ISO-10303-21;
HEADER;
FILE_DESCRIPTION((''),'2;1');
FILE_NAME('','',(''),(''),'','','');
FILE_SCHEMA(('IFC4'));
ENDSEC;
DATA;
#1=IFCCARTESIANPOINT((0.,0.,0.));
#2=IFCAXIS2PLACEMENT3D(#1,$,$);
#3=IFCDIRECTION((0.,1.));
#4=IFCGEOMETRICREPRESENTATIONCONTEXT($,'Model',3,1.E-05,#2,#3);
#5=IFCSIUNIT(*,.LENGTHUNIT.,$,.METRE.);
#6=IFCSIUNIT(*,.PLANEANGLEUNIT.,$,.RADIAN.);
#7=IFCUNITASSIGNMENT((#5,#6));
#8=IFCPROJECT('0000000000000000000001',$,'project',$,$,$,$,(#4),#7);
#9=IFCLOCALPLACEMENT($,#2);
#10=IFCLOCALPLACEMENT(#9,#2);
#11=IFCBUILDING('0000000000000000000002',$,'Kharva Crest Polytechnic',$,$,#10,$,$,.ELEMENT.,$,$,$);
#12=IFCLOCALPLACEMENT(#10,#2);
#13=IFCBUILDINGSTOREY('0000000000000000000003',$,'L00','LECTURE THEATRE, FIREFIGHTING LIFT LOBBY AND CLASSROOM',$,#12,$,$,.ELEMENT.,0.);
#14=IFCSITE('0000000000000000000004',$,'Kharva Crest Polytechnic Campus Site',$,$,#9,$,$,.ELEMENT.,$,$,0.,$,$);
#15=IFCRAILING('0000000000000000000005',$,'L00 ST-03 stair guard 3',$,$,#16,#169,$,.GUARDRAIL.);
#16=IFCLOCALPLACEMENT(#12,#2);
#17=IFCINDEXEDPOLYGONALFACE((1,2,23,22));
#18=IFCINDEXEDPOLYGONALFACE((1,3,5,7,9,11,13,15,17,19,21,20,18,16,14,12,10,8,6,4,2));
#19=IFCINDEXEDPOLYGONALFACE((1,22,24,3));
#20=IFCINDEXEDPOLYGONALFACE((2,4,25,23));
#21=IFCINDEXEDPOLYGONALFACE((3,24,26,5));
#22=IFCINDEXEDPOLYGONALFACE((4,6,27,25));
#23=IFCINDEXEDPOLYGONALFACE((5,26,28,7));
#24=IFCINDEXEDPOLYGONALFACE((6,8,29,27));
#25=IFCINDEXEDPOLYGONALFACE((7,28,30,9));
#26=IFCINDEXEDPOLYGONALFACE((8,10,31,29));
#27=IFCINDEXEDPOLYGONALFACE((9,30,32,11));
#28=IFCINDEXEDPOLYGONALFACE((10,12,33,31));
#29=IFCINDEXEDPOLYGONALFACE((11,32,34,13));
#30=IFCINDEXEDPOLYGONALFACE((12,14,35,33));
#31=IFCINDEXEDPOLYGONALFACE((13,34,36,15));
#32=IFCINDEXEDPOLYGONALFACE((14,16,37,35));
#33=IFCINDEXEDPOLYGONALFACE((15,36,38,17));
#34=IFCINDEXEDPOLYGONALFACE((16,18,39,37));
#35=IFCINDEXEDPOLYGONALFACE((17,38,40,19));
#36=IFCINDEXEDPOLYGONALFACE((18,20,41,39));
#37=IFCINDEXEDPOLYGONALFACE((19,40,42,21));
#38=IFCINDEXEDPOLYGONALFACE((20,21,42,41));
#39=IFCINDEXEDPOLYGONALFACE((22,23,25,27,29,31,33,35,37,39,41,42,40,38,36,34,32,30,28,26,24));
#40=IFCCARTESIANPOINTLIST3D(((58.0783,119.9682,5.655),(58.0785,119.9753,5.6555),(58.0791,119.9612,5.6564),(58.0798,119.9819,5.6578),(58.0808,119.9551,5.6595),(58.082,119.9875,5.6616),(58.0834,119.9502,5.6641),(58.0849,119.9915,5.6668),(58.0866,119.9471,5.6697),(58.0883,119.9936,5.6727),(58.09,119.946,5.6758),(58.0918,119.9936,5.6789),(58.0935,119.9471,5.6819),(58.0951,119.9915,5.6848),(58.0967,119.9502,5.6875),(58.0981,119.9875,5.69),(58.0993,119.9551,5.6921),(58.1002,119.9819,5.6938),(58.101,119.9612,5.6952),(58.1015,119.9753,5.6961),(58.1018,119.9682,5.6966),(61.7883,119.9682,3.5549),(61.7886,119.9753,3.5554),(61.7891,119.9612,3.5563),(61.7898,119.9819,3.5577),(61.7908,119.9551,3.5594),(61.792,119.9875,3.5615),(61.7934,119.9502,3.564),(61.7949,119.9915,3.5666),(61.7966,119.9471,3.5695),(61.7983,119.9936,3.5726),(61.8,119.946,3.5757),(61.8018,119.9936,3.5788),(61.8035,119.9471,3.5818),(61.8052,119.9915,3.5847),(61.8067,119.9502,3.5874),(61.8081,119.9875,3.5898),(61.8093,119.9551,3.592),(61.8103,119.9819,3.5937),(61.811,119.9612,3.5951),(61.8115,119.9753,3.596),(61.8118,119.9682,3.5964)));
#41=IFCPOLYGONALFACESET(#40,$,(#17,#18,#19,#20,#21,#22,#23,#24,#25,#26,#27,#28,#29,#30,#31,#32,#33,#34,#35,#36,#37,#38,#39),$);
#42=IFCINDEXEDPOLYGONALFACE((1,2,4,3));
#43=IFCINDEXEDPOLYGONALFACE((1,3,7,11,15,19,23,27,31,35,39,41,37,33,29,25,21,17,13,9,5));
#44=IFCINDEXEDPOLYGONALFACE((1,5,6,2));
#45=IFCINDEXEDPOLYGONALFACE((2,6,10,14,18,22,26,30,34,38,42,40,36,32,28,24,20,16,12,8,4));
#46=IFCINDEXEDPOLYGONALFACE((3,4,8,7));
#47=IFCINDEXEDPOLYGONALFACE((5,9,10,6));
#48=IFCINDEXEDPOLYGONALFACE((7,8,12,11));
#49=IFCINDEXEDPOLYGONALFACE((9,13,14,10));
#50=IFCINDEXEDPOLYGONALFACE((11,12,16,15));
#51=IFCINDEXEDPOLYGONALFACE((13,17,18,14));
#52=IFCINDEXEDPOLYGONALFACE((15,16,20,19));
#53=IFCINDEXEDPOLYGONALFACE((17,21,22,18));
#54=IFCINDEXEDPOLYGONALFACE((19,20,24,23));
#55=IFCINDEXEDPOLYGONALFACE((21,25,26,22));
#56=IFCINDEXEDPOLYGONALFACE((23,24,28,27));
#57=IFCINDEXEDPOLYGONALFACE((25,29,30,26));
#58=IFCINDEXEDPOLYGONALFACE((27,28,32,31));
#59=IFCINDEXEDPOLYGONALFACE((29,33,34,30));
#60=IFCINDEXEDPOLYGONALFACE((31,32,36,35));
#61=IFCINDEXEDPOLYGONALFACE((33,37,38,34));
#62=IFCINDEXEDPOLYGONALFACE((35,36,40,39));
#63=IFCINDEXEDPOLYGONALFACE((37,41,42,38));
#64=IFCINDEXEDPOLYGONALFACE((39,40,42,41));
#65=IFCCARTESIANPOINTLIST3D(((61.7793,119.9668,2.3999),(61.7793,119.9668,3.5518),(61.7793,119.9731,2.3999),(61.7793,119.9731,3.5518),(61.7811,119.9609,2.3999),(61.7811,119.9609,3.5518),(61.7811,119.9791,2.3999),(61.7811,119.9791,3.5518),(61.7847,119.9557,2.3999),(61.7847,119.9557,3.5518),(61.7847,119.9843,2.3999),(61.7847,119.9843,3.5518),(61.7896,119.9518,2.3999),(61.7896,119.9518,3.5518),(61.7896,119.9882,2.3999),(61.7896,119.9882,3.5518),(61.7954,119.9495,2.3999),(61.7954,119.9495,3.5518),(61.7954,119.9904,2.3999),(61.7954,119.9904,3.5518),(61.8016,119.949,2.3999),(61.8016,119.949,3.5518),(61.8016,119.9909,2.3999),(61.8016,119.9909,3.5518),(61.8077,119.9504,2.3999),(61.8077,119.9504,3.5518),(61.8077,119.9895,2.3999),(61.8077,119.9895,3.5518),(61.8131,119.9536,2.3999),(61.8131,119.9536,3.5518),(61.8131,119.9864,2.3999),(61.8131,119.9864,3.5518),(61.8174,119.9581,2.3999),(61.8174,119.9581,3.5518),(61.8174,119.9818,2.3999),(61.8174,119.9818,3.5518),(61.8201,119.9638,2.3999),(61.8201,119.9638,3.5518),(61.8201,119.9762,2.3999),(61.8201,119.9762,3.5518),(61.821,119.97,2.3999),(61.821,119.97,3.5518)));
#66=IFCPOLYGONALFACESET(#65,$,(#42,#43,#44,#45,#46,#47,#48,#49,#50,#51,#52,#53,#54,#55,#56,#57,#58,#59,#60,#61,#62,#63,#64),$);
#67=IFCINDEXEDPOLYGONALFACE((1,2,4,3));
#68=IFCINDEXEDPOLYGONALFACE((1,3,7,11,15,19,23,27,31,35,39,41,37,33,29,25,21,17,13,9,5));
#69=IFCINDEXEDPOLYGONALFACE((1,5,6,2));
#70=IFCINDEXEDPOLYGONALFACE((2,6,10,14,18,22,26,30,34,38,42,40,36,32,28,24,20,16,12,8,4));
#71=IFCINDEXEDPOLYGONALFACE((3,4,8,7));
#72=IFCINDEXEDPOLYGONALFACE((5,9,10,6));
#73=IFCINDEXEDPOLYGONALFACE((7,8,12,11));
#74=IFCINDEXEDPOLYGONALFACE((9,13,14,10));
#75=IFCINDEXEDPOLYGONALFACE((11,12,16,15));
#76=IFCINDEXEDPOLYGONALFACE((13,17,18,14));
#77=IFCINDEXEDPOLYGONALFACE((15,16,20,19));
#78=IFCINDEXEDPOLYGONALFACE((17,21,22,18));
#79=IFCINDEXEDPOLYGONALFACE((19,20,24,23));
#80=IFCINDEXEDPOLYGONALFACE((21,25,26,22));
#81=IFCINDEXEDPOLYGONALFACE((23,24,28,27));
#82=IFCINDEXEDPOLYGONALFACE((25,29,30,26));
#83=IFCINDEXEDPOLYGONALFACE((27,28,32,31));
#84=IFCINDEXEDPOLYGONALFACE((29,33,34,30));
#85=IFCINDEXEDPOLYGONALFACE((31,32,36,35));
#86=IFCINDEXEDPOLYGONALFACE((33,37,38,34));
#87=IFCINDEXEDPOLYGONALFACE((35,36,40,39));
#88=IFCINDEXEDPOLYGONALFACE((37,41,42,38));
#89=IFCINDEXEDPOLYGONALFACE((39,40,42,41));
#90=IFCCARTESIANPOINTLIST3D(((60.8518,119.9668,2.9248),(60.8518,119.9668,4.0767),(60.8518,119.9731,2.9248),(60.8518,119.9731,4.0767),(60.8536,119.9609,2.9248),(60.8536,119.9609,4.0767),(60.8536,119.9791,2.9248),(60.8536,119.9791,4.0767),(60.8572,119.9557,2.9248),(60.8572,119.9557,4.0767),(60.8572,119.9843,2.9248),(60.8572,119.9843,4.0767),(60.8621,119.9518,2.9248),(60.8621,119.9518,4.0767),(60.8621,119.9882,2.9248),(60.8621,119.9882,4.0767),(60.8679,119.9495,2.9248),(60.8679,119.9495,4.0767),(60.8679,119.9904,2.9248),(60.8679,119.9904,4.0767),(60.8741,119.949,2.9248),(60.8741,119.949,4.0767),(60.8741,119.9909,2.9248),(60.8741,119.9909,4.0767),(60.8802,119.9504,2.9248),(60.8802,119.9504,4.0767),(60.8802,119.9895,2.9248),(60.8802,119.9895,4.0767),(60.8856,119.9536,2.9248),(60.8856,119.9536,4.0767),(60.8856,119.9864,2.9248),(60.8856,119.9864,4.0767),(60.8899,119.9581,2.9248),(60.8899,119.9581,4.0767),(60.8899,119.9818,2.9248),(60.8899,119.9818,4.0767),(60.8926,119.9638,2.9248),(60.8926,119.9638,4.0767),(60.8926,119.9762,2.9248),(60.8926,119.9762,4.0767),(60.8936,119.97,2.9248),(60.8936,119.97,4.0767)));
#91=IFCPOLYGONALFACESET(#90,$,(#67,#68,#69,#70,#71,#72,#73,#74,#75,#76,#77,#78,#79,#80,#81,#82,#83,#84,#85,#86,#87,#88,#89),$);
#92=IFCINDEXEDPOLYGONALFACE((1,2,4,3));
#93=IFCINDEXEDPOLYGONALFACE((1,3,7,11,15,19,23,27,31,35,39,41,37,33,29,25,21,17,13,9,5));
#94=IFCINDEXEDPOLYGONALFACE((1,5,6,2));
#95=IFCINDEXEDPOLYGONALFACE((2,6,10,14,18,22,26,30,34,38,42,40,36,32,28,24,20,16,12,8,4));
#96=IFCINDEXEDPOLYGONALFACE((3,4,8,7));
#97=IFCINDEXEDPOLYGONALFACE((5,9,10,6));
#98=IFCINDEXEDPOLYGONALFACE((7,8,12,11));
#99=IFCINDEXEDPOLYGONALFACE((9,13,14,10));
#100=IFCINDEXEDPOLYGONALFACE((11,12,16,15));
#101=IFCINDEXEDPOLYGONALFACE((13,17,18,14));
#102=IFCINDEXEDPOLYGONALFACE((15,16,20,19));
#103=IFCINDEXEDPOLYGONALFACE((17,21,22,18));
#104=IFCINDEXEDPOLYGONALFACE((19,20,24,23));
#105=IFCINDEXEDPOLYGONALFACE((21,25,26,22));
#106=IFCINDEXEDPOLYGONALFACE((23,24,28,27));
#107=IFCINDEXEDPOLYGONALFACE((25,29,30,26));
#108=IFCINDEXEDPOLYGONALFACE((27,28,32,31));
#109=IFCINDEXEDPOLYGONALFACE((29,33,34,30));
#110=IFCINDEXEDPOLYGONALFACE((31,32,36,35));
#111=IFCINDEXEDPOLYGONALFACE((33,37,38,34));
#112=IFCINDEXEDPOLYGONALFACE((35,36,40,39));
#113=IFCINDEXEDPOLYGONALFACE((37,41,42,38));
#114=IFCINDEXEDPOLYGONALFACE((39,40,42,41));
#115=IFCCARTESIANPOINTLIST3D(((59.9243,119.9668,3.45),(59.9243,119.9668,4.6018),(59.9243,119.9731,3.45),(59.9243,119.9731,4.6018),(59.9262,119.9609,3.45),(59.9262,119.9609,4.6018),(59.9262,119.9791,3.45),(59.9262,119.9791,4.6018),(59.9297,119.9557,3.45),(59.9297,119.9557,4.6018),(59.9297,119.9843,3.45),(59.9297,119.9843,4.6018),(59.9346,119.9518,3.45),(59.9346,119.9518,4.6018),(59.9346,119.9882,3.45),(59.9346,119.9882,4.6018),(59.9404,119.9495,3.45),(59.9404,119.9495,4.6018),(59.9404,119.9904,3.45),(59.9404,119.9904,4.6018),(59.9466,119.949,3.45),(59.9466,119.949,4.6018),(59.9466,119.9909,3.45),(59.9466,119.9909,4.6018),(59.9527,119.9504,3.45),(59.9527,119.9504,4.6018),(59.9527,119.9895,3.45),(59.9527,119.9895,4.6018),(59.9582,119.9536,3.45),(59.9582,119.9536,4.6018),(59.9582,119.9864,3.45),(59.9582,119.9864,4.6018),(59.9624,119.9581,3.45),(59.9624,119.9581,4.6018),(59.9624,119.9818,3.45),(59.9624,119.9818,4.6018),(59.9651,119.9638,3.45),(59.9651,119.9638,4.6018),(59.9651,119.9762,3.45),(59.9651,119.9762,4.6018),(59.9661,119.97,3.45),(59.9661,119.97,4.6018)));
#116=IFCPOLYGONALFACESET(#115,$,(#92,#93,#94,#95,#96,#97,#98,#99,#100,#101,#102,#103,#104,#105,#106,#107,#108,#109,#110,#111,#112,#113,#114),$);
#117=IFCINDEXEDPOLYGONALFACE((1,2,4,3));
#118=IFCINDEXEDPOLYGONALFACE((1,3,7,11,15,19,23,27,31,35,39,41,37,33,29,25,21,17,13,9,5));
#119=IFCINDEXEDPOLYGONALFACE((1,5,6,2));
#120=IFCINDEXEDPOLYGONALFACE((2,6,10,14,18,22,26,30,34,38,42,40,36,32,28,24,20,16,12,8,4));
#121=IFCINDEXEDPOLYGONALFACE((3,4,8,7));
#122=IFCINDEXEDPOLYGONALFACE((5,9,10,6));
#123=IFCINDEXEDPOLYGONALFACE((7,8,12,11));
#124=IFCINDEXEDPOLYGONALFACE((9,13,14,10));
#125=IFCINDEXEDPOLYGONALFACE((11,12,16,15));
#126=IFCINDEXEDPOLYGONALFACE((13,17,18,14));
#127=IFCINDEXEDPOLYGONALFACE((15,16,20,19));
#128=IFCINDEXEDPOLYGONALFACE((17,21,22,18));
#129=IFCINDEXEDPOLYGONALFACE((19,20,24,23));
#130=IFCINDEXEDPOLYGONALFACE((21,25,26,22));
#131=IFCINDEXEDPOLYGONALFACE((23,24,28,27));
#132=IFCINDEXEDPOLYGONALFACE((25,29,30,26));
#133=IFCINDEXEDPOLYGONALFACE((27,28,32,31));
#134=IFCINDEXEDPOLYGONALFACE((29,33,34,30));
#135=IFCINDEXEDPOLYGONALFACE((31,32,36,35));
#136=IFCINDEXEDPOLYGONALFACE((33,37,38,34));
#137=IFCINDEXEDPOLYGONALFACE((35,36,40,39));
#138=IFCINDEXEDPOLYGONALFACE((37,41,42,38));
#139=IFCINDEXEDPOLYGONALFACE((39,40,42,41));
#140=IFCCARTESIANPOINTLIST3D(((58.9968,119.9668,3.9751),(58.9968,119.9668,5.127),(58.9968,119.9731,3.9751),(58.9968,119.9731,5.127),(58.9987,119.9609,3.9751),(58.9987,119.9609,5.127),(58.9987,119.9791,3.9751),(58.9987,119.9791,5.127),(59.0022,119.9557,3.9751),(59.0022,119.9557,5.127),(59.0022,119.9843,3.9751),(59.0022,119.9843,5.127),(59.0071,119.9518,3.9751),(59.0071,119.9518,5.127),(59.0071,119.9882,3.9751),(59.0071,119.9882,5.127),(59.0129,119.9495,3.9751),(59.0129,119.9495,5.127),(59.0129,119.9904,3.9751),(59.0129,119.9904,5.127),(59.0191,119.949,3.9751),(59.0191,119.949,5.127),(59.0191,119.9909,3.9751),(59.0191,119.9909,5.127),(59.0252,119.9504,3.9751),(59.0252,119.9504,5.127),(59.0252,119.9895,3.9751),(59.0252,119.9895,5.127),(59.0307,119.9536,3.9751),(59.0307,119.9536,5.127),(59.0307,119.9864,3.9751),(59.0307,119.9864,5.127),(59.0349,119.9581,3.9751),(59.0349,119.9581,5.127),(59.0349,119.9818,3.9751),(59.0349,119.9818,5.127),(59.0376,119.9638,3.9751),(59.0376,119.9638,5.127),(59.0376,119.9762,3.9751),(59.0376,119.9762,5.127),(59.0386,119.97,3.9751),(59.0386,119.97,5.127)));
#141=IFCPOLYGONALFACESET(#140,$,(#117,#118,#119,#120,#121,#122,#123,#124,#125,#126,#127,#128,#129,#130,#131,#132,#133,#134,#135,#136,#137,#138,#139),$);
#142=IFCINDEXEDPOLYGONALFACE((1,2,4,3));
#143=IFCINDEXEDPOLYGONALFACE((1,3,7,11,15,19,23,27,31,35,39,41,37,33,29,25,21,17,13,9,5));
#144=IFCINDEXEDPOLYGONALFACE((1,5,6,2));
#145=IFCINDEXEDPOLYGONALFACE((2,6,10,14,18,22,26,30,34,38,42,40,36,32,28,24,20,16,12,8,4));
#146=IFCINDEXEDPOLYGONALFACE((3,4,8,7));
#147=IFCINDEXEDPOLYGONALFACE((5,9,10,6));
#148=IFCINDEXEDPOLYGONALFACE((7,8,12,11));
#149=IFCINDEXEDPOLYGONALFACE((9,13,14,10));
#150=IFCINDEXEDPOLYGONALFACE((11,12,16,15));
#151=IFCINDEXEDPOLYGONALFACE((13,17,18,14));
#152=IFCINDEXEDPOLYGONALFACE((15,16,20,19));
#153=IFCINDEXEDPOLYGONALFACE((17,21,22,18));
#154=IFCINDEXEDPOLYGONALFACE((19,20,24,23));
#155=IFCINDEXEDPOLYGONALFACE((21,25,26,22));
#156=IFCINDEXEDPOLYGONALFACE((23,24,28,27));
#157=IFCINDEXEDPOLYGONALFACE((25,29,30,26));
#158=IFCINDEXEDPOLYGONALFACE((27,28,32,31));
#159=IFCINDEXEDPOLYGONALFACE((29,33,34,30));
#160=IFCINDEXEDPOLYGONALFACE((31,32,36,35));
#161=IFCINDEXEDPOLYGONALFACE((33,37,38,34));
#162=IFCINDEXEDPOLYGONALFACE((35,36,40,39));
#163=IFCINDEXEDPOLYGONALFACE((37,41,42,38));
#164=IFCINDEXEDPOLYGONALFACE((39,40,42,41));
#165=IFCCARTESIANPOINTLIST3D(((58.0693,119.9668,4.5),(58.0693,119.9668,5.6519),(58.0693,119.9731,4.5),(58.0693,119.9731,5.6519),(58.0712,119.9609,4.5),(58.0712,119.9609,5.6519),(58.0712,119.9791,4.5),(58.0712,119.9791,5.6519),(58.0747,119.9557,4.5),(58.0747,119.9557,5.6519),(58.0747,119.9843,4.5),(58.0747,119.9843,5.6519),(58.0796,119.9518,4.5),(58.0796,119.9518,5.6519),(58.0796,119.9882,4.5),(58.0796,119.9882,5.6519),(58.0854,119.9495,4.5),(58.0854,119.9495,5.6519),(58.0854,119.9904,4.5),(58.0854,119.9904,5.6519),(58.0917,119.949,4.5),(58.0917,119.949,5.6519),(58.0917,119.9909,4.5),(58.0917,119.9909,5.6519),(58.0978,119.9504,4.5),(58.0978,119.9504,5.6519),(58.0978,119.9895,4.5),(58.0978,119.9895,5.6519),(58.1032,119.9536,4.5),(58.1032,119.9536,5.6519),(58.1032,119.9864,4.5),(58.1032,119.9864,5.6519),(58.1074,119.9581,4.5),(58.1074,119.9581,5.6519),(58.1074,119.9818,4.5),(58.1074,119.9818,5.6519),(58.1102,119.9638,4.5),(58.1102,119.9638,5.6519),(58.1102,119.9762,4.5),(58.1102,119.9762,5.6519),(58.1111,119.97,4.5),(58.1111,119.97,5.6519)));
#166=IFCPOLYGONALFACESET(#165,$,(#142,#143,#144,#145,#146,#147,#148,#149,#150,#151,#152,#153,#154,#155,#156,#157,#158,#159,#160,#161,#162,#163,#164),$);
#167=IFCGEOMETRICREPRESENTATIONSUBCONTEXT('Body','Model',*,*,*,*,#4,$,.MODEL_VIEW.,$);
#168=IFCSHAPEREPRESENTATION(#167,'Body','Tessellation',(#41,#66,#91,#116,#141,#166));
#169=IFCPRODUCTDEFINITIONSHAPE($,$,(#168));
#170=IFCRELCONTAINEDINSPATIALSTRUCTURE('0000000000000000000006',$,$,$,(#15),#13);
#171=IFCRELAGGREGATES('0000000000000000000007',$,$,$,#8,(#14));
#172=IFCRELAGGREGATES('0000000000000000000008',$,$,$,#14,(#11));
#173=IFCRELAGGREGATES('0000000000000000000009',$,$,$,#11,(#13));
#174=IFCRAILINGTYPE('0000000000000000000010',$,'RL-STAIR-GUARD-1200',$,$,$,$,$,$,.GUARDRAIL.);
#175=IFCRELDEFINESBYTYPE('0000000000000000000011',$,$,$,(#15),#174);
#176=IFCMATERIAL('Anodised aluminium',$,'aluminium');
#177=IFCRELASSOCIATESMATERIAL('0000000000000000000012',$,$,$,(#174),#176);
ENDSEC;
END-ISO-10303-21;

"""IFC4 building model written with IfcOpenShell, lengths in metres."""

from ifc_helpers import new_model, si_unit, direction, frame, origin, origin_2d, place, context, subcontext, project, spatial, circle, extrude, material, type_object, element, save


model = new_model("IFC4")

# Units and contexts
model_context = context("Model", 3, precision=1e-05, world=origin(), true_north=direction((0.0, 1.0)))
body_context = subcontext(model_context, "Body", "Model", "MODEL_VIEW")
ifc_project = project(units=[si_unit("LENGTHUNIT", "METRE"), si_unit("PLANEANGLEUNIT", "RADIAN")], contexts=[model_context])

# Site, building, storey
site_placement = place(None, origin())
site = spatial("IfcSite", under=ifc_project, at=site_placement, Name="Kharva Crest Polytechnic Campus Site", CompositionType="ELEMENT", RefElevation=0.0)
building_placement = place(site_placement, origin())
building = spatial("IfcBuilding", under=site, at=building_placement, Name="Kharva Crest Polytechnic", CompositionType="ELEMENT")
storey_placement = place(building_placement, origin())
storey = spatial("IfcBuildingStorey", under=building, at=storey_placement, Name="L00", Description="LECTURE THEATRE, FIREFIGHTING LIFT LOBBY AND CLASSROOM", CompositionType="ELEMENT", Elevation=0.0)

# Railing
ifc_material_1 = material(Name="Anodised aluminium", Category="aluminium")
railing_type_1 = type_object("IfcRailingType", Name="RL-STAIR-GUARD-1200", PredefinedType="GUARDRAIL", material=ifc_material_1)
railing_1_placement = place(storey_placement, frame((61.8, 119.97, 2.3999)))
element("IfcRailing", 1, at=railing_1_placement, inside=storey, type_object=railing_type_1, Name="L00 ST-03 stair guard 3", PredefinedType="GUARDRAIL", context=body_context, shape_type="SweptSolid", body=[
    extrude(circle(Radius=0.0239, at=origin_2d()), frame((0.0, 0.0, 1.1758), z_axis=(-0.870245, 0.0, 0.492619), x_axis=(0.0, -1.0, 0.0)), (0.0, 0.0, 1.0), 4.2632),
    extrude(circle(Radius=0.021, at=origin_2d()), origin(), (0.0, 0.0, 1.0), 1.1519),
    extrude(circle(Radius=0.021, at=origin_2d()), frame((-0.9275, 0.0, 0.5249)), (0.0, 0.0, 1.0), 1.1519),
    extrude(circle(Radius=0.021, at=origin_2d()), frame((-1.855, 0.0, 1.05)), (0.0, 0.0, 1.0), 1.1519),
    extrude(circle(Radius=0.021, at=origin_2d()), frame((-2.7825, 0.0, 1.5752)), (0.0, 0.0, 1.0), 1.1519),
    extrude(circle(Radius=0.021, at=origin_2d()), frame((-3.71, 0.0, 2.1001)), (0.0, 0.0, 1.0), 1.1519),
])

save(model, "model.ifc")
